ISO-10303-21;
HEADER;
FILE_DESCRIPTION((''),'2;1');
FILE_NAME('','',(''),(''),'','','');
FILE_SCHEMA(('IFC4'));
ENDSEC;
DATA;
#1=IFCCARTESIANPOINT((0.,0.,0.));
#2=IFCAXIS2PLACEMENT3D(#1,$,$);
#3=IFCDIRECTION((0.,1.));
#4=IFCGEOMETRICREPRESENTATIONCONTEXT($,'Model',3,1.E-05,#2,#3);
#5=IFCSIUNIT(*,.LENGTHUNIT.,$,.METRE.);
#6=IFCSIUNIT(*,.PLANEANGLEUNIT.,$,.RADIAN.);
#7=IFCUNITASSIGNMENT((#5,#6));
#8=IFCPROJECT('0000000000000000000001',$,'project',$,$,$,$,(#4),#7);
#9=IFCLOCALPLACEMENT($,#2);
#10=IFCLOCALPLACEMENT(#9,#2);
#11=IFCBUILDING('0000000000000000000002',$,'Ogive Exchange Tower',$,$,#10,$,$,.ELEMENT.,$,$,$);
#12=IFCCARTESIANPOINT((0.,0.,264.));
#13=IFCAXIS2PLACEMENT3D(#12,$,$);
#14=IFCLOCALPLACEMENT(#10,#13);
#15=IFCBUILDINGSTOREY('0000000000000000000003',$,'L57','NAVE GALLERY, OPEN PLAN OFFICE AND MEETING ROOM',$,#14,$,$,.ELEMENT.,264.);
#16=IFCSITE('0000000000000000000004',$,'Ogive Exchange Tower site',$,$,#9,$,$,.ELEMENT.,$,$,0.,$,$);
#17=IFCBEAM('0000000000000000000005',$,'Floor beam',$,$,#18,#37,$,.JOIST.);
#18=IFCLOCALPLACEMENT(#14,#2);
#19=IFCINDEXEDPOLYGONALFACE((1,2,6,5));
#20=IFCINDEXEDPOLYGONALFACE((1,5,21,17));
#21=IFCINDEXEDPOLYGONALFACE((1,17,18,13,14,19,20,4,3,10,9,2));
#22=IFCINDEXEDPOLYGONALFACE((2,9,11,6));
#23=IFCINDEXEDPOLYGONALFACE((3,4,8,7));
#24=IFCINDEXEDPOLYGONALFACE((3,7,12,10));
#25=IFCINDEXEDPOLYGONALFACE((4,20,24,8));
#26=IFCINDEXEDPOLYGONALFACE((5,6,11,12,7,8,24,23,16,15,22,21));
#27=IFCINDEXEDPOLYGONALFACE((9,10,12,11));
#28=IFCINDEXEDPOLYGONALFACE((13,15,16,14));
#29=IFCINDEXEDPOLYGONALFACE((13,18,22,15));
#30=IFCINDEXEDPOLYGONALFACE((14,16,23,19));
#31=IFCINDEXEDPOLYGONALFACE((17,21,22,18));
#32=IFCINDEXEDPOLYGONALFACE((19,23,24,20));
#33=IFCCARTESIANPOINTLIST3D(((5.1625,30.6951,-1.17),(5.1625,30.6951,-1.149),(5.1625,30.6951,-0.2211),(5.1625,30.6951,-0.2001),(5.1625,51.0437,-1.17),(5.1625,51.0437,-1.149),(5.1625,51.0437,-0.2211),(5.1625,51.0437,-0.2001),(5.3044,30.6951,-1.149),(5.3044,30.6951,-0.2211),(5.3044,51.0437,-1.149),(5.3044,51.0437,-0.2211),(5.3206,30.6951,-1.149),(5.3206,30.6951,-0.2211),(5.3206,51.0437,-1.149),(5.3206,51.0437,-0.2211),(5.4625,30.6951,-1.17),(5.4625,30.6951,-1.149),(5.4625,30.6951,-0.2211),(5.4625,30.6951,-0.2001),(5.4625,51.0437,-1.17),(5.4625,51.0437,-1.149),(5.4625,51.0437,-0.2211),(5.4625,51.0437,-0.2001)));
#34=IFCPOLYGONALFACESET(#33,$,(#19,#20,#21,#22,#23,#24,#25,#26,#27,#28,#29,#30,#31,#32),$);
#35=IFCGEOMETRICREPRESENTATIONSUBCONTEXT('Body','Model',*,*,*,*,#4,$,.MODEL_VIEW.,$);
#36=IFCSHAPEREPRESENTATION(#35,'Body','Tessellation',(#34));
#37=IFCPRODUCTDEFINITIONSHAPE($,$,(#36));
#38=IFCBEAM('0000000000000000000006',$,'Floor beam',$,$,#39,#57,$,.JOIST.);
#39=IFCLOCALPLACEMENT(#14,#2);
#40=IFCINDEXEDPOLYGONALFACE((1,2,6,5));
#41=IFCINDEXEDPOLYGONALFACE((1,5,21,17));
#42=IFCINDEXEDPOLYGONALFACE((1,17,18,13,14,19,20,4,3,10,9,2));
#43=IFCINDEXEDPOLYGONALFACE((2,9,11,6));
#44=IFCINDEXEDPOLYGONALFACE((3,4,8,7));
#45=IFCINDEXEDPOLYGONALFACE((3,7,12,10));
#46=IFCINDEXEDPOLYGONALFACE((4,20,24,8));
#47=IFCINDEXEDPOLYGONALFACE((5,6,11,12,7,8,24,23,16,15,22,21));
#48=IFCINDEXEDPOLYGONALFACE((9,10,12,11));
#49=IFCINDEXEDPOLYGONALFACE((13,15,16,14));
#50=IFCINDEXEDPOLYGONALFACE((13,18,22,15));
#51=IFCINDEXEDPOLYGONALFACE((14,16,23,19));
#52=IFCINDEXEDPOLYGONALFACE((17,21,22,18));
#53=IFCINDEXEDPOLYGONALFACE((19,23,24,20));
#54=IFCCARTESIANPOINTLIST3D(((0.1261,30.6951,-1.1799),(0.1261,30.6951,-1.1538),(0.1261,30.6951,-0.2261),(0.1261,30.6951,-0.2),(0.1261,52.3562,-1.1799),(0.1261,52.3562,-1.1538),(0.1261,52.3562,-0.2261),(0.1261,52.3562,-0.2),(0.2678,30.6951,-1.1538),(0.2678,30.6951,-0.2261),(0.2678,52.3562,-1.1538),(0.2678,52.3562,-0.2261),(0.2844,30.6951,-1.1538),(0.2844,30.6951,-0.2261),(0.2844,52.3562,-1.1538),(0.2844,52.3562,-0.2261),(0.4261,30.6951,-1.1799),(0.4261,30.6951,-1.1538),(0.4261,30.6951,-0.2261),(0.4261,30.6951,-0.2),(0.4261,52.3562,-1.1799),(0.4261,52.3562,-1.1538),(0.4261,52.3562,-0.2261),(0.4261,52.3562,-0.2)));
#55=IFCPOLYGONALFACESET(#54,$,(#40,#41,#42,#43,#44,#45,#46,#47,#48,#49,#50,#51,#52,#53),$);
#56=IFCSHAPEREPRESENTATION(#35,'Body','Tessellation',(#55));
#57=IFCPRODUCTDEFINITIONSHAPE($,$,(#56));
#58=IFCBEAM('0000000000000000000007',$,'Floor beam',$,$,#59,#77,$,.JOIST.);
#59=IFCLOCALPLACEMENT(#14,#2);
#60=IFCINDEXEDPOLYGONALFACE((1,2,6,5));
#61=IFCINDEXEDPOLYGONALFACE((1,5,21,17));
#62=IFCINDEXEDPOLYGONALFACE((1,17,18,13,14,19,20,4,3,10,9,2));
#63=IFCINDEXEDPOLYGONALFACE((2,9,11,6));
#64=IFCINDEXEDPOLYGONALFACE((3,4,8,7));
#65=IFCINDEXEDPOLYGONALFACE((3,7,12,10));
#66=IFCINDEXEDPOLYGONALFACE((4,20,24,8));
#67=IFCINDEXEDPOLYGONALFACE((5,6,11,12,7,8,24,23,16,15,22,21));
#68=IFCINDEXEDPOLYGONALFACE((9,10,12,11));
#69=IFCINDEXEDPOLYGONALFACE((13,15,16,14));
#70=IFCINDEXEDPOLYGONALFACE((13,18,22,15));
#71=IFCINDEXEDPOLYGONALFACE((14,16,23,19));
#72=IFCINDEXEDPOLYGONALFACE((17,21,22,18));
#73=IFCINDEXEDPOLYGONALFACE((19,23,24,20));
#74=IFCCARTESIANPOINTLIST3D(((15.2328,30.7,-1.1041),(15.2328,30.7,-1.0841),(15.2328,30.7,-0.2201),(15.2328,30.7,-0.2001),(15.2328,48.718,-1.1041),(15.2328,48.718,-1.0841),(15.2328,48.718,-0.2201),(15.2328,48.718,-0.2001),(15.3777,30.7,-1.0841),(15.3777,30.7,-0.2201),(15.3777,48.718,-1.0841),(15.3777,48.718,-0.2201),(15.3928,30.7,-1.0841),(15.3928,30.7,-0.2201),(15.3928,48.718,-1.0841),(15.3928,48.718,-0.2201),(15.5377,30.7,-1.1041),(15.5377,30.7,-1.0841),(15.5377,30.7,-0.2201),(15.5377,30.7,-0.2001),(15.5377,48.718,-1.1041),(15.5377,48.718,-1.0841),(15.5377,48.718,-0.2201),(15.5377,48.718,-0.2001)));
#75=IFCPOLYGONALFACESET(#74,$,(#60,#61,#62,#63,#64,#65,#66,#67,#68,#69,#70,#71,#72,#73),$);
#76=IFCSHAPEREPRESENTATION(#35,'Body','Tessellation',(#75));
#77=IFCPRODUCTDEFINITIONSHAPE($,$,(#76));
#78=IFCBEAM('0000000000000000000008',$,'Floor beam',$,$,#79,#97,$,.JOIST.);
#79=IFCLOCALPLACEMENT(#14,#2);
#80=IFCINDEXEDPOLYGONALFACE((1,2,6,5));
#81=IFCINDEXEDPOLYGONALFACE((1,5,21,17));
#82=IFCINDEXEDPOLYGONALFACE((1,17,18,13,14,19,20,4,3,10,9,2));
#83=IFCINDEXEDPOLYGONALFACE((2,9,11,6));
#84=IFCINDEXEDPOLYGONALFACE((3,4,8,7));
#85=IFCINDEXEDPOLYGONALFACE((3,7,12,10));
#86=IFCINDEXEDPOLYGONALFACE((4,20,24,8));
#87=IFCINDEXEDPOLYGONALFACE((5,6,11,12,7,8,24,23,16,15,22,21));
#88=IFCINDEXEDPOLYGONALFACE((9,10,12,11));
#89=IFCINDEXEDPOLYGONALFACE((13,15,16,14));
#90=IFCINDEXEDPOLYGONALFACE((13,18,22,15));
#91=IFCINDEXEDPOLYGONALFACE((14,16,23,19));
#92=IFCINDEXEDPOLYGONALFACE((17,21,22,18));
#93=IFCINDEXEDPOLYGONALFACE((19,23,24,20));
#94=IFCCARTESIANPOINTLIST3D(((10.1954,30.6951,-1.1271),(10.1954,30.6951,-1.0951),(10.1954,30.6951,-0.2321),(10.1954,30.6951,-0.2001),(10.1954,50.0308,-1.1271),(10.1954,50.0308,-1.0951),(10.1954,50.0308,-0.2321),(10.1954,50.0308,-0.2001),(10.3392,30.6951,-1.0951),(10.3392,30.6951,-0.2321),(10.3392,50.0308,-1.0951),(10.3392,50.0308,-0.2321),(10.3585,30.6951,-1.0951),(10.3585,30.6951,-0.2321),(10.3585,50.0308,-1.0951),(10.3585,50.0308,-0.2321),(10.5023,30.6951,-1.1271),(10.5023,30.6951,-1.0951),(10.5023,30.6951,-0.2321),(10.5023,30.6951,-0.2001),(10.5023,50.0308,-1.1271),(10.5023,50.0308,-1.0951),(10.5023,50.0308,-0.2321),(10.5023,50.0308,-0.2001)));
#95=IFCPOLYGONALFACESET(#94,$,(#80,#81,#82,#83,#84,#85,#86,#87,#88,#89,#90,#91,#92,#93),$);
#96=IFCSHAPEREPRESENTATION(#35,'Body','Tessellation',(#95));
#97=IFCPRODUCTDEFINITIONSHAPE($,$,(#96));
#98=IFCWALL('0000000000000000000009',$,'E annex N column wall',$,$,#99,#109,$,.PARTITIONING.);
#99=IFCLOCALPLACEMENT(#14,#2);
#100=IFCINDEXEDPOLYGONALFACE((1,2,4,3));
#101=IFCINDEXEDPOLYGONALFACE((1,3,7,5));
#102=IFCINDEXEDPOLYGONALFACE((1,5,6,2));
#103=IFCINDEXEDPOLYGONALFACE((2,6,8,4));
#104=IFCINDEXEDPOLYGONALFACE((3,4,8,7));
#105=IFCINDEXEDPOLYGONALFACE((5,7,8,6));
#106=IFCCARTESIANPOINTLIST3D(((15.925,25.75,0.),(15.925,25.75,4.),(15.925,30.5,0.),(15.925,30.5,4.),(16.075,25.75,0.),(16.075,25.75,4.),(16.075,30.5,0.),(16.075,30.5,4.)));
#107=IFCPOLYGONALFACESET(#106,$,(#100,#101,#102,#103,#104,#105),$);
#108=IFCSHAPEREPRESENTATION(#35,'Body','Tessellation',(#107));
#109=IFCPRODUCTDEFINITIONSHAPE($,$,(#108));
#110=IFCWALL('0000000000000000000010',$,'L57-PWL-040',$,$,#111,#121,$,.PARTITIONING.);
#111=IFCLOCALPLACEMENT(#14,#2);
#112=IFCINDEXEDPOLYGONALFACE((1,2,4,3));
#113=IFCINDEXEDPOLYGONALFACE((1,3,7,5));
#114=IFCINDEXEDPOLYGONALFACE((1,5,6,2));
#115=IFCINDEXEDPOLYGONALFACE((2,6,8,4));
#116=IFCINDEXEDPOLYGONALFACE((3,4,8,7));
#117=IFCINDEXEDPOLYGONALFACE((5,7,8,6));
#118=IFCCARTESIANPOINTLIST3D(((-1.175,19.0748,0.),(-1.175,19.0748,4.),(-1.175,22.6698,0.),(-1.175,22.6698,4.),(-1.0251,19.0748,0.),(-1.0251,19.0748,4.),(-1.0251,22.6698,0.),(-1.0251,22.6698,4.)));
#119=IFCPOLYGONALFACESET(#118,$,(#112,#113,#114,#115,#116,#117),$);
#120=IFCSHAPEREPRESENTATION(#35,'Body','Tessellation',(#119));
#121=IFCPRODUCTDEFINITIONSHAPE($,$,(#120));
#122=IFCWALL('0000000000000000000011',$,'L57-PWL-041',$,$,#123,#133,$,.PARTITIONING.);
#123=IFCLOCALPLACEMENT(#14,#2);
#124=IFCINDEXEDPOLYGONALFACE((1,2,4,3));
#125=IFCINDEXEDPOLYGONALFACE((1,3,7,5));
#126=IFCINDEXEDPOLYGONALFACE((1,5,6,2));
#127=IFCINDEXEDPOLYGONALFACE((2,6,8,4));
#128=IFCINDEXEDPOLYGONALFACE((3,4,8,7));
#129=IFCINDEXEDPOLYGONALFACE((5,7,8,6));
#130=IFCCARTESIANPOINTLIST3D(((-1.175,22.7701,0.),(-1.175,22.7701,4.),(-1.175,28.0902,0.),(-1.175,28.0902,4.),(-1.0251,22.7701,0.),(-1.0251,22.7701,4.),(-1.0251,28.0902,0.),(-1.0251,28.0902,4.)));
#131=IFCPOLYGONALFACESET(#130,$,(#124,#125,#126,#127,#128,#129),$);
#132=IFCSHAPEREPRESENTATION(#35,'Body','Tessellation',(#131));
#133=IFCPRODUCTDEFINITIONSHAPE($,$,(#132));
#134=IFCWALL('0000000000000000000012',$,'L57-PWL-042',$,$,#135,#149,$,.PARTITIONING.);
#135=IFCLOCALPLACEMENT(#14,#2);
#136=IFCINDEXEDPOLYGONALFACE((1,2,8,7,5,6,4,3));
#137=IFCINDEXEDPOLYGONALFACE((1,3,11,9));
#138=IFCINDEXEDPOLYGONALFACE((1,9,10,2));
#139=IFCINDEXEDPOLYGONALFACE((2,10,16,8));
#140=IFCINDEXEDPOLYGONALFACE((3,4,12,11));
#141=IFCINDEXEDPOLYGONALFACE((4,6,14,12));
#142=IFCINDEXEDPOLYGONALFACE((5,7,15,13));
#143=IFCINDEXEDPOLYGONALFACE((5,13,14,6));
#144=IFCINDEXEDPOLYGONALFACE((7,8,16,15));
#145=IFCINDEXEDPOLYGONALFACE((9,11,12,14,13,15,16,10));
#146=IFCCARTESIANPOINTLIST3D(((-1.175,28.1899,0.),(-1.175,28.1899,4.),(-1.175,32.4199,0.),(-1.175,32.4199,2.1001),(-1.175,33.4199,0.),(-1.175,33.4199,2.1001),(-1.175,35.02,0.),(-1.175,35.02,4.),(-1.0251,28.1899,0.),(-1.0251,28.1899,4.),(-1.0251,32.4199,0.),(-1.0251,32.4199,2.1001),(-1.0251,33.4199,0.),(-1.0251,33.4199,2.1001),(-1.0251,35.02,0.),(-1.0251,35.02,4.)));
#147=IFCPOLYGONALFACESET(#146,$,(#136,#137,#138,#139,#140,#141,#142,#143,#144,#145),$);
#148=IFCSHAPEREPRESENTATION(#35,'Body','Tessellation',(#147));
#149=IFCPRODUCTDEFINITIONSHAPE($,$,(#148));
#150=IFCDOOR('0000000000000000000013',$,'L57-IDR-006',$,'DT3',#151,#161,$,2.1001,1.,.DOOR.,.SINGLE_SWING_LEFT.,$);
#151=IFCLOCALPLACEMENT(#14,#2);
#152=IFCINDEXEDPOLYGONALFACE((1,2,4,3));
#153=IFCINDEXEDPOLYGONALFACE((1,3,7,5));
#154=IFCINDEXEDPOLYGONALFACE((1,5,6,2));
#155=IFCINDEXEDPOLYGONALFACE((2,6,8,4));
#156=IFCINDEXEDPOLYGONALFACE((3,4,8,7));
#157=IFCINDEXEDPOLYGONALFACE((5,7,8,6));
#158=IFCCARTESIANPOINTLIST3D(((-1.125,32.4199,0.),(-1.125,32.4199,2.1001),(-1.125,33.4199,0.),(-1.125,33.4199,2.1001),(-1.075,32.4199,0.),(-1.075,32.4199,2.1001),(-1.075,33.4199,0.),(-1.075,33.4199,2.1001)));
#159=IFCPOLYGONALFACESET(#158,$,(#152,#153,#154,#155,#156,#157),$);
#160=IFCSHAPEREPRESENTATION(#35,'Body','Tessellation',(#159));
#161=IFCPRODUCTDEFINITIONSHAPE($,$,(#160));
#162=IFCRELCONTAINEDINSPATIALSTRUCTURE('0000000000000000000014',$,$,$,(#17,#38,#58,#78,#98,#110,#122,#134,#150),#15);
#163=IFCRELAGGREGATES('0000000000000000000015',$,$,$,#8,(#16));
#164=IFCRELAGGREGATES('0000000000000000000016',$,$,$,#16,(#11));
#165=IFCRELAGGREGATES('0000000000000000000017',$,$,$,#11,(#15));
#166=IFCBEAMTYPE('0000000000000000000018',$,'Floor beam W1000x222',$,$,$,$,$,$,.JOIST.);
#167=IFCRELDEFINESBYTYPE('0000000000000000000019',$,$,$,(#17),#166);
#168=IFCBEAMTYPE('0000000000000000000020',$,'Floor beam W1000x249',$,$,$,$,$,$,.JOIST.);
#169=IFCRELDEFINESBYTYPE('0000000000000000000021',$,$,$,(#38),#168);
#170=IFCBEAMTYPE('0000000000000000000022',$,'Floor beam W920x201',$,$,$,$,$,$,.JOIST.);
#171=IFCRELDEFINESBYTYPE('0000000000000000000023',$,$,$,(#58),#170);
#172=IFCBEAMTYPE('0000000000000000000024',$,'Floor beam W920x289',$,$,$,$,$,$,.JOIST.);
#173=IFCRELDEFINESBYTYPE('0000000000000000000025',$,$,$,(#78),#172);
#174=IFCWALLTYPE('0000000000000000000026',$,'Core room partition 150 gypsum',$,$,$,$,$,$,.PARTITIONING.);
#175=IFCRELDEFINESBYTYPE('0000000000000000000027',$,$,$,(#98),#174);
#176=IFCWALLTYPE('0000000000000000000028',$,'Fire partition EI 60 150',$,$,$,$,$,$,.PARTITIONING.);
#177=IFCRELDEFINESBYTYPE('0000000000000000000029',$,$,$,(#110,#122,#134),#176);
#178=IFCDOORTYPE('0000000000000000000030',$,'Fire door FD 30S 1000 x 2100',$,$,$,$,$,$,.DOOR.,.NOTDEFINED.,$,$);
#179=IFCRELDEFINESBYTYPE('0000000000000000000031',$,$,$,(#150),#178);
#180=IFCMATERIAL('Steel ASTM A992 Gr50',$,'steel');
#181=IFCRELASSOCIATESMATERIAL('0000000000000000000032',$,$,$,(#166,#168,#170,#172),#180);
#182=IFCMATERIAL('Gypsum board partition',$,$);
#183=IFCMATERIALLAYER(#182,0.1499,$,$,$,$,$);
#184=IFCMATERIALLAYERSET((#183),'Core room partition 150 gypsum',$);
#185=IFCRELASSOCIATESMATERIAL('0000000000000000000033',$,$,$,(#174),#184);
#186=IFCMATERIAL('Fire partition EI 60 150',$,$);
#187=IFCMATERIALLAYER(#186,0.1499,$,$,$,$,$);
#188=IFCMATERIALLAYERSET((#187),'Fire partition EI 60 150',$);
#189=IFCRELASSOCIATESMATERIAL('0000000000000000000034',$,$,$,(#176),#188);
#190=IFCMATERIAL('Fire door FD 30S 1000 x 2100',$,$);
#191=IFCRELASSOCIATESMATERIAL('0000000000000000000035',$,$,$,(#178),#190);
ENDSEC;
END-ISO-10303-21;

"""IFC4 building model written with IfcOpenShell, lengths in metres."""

from ifc_helpers import new_model, si_unit, direction, frame, frame_2d, origin, origin_2d, place, context, subcontext, project, spatial, rectangle, i_section, extrude, material, layer, layer_set, material_profile, profile_set, type_object, element, fill, save


model = new_model("IFC4")

# Units and contexts
model_context = context("Model", 3, precision=1e-05, world=origin(), true_north=direction((0.0, 1.0)))
body_context = subcontext(model_context, "Body", "Model", "MODEL_VIEW")
ifc_project = project(units=[si_unit("LENGTHUNIT", "METRE"), si_unit("PLANEANGLEUNIT", "RADIAN")], contexts=[model_context])

# Site, building, storey
site_placement = place(None, origin())
site = spatial("IfcSite", under=ifc_project, at=site_placement, Name="Ogive Exchange Tower site", CompositionType="ELEMENT", RefElevation=0.0)
building_placement = place(site_placement, origin())
building = spatial("IfcBuilding", under=site, at=building_placement, Name="Ogive Exchange Tower", CompositionType="ELEMENT")
storey_placement = place(building_placement, frame((0.0, 0.0, 264.0)))
storey = spatial("IfcBuildingStorey", under=building, at=storey_placement, Name="L57", Description="NAVE GALLERY, OPEN PLAN OFFICE AND MEETING ROOM", CompositionType="ELEMENT", Elevation=264.0)

# Beams
ifc_material_1 = material(Name="Steel ASTM A992 Gr50", Category="steel")
ifc_material_profile_1 = material_profile(ifc_material_1, i_section(OverallWidth=0.3, OverallDepth=0.97, WebThickness=0.0161, FlangeThickness=0.021, at=origin_2d()), Name="W1000x222")
ifc_profile_set_1 = profile_set([ifc_material_profile_1], Name="Steel ASTM A992 Gr50")
beam_type_1 = type_object("IfcBeamType", Name="Floor beam W1000x222", PredefinedType="JOIST", material=ifc_profile_set_1)
beam_1_placement = place(storey_placement, frame((5.3125, 30.6951, -0.6851), z_axis=(0.0, 1.0, 0.0), x_axis=(-1.0, 0.0, 0.0)))
element("IfcBeam", 1, at=beam_1_placement, inside=storey, type_object=beam_type_1, Name="Floor beam", PredefinedType="JOIST", context=body_context, shape_type="SweptSolid", body=[
    extrude(i_section(OverallWidth=0.3, OverallDepth=0.97, WebThickness=0.0161, FlangeThickness=0.021, at=origin_2d()), origin(), (0.0, 0.0, 1.0), 20.3486),
])
ifc_material_profile_2 = material_profile(ifc_material_1, i_section(OverallWidth=0.3, OverallDepth=0.98, WebThickness=0.0166, FlangeThickness=0.0261, at=origin_2d()), Name="W1000x249")
ifc_profile_set_2 = profile_set([ifc_material_profile_2], Name="Steel ASTM A992 Gr50")
beam_type_2 = type_object("IfcBeamType", Name="Floor beam W1000x249", PredefinedType="JOIST", material=ifc_profile_set_2)
beam_2_placement = place(storey_placement, frame((0.2761, 30.6951, -0.6899), z_axis=(0.0, 1.0, 0.0), x_axis=(-1.0, 0.0, 0.0)))
element("IfcBeam", 2, at=beam_2_placement, inside=storey, type_object=beam_type_2, Name="Floor beam", PredefinedType="JOIST", context=body_context, shape_type="SweptSolid", body=[
    extrude(i_section(OverallWidth=0.3, OverallDepth=0.98, WebThickness=0.0166, FlangeThickness=0.0261, at=origin_2d()), origin(), (0.0, 0.0, 1.0), 21.6611),
])
ifc_material_profile_3 = material_profile(ifc_material_1, i_section(OverallWidth=0.3049, OverallDepth=0.9041, WebThickness=0.0151, FlangeThickness=0.02, at=origin_2d()), Name="W920x201")
ifc_profile_set_3 = profile_set([ifc_material_profile_3], Name="Steel ASTM A992 Gr50")
beam_type_3 = type_object("IfcBeamType", Name="Floor beam W920x201", PredefinedType="JOIST", material=ifc_profile_set_3)
beam_3_placement = place(storey_placement, frame((15.3853, 30.7, -0.6521), z_axis=(0.0, 1.0, 0.0), x_axis=(-1.0, 0.0, 0.0)))
element("IfcBeam", 3, at=beam_3_placement, inside=storey, type_object=beam_type_3, Name="Floor beam", PredefinedType="JOIST", context=body_context, shape_type="SweptSolid", body=[
    extrude(i_section(OverallWidth=0.3049, OverallDepth=0.9041, WebThickness=0.0151, FlangeThickness=0.02, at=origin_2d()), origin(), (0.0, 0.0, 1.0), 18.0181),
])
ifc_material_profile_4 = material_profile(ifc_material_1, i_section(OverallWidth=0.3069, OverallDepth=0.927, WebThickness=0.0193, FlangeThickness=0.032, at=origin_2d()), Name="W920x289")
ifc_profile_set_4 = profile_set([ifc_material_profile_4], Name="Steel ASTM A992 Gr50")
beam_type_4 = type_object("IfcBeamType", Name="Floor beam W920x289", PredefinedType="JOIST", material=ifc_profile_set_4)
beam_4_placement = place(storey_placement, frame((10.3489, 30.6951, -0.6636), z_axis=(0.0, 1.0, 0.0), x_axis=(-1.0, 0.0, 0.0)))
element("IfcBeam", 4, at=beam_4_placement, inside=storey, type_object=beam_type_4, Name="Floor beam", PredefinedType="JOIST", context=body_context, shape_type="SweptSolid", body=[
    extrude(i_section(OverallWidth=0.3069, OverallDepth=0.927, WebThickness=0.0193, FlangeThickness=0.032, at=origin_2d()), origin(), (0.0, 0.0, 1.0), 19.3357),
])

# Walls
ifc_material_2 = material(Name="Gypsum board partition")
ifc_layer_1 = layer(ifc_material_2, 0.1499)
ifc_layer_set_1 = layer_set([ifc_layer_1], Name="Core room partition 150 gypsum")
wall_type_1 = type_object("IfcWallType", Name="Core room partition 150 gypsum", PredefinedType="PARTITIONING", material=ifc_layer_set_1)
wall_1_placement = place(storey_placement, frame((16.0, 25.75, 0.0), z_axis=(0.0, 0.0, 1.0), x_axis=(0.0, 1.0, 0.0)))
element("IfcWall", 5, at=wall_1_placement, inside=storey, type_object=wall_type_1, Name="E annex N column wall", PredefinedType="PARTITIONING", context=body_context, shape_type="SweptSolid", body=[
    extrude(rectangle(XDim=4.75, YDim=0.1499, at=frame_2d((2.375, 0.0))), origin(), (0.0, 0.0, 1.0), 4.0),
])
ifc_material_3 = material(Name="Fire partition EI 60 150")
ifc_layer_2 = layer(ifc_material_3, 0.1499)
ifc_layer_set_2 = layer_set([ifc_layer_2], Name="Fire partition EI 60 150")
wall_type_2 = type_object("IfcWallType", Name="Fire partition EI 60 150", PredefinedType="PARTITIONING", material=ifc_layer_set_2)
wall_2_placement = place(storey_placement, frame((-1.1001, 19.075, 0.0), z_axis=(0.0, 0.0, 1.0), x_axis=(0.0, 1.0, 0.0)))
element("IfcWall", 6, at=wall_2_placement, inside=storey, type_object=wall_type_2, Name="L57-PWL-040", PredefinedType="PARTITIONING", context=body_context, shape_type="SweptSolid", body=[
    extrude(rectangle(XDim=3.595, YDim=0.1499, at=frame_2d((1.7974, 0.0))), origin(), (0.0, 0.0, 1.0), 4.0),
])
wall_3_placement = place(storey_placement, frame((-1.1001, 22.77, 0.0), z_axis=(0.0, 0.0, 1.0), x_axis=(0.0, 1.0, 0.0)))
element("IfcWall", 7, at=wall_3_placement, inside=storey, type_object=wall_type_2, Name="L57-PWL-041", PredefinedType="PARTITIONING", context=body_context, shape_type="SweptSolid", body=[
    extrude(rectangle(XDim=5.3201, YDim=0.1499, at=frame_2d((2.6602, 0.0))), origin(), (0.0, 0.0, 1.0), 4.0),
])

# Wall, opening, door
wall_4_placement = place(storey_placement, frame((-1.1001, 28.1899, 0.0), z_axis=(0.0, 0.0, 1.0), x_axis=(0.0, 1.0, 0.0)))
wall_4 = element("IfcWall", 8, at=wall_4_placement, inside=storey, type_object=wall_type_2, Name="L57-PWL-042", PredefinedType="PARTITIONING", context=body_context, shape_type="SweptSolid", body=[
    extrude(rectangle(XDim=6.8301, YDim=0.1499, at=frame_2d((3.415, 0.0))), origin(), (0.0, 0.0, 1.0), 4.0),
])
opening_1_placement = place(wall_4_placement, frame((4.23, 0.0, 0.0)))
opening_1 = element("IfcOpeningElement", 9, at=opening_1_placement, cuts=wall_4, PredefinedType="OPENING", context=body_context, shape_type="SweptSolid", body=[
    extrude(rectangle(XDim=1.0, YDim=2.1001, at=frame_2d((0.5, 1.05))), frame((0.0, 0.085, 0.0), z_axis=(0.0, -1.0, 0.0), x_axis=(1.0, 0.0, 0.0)), (0.0, 0.0, 1.0), 0.1699),
])
ifc_material_4 = material(Name="Fire door FD 30S 1000 x 2100")
door_type_1 = type_object("IfcDoorType", Name="Fire door FD 30S 1000 x 2100", OperationType="NOTDEFINED", PredefinedType="DOOR", material=ifc_material_4)
door_1_placement = place(opening_1_placement, origin())
door_1 = element("IfcDoor", 10, at=door_1_placement, inside=storey, type_object=door_type_1, Name="L57-IDR-006", ObjectType="DT3", OperationType="SINGLE_SWING_LEFT", OverallHeight=2.1001, OverallWidth=1.0, PredefinedType="DOOR", context=body_context, shape_type="SweptSolid", body=[
    extrude(rectangle(XDim=1.0, YDim=2.1001, at=frame_2d((0.5, 1.05))), frame((0.0, 0.0249, 0.0), z_axis=(0.0, -1.0, 0.0), x_axis=(1.0, 0.0, 0.0)), (0.0, 0.0, 1.0), 0.05),
])
fill(opening_1, door_1)

save(model, "model.ifc")
